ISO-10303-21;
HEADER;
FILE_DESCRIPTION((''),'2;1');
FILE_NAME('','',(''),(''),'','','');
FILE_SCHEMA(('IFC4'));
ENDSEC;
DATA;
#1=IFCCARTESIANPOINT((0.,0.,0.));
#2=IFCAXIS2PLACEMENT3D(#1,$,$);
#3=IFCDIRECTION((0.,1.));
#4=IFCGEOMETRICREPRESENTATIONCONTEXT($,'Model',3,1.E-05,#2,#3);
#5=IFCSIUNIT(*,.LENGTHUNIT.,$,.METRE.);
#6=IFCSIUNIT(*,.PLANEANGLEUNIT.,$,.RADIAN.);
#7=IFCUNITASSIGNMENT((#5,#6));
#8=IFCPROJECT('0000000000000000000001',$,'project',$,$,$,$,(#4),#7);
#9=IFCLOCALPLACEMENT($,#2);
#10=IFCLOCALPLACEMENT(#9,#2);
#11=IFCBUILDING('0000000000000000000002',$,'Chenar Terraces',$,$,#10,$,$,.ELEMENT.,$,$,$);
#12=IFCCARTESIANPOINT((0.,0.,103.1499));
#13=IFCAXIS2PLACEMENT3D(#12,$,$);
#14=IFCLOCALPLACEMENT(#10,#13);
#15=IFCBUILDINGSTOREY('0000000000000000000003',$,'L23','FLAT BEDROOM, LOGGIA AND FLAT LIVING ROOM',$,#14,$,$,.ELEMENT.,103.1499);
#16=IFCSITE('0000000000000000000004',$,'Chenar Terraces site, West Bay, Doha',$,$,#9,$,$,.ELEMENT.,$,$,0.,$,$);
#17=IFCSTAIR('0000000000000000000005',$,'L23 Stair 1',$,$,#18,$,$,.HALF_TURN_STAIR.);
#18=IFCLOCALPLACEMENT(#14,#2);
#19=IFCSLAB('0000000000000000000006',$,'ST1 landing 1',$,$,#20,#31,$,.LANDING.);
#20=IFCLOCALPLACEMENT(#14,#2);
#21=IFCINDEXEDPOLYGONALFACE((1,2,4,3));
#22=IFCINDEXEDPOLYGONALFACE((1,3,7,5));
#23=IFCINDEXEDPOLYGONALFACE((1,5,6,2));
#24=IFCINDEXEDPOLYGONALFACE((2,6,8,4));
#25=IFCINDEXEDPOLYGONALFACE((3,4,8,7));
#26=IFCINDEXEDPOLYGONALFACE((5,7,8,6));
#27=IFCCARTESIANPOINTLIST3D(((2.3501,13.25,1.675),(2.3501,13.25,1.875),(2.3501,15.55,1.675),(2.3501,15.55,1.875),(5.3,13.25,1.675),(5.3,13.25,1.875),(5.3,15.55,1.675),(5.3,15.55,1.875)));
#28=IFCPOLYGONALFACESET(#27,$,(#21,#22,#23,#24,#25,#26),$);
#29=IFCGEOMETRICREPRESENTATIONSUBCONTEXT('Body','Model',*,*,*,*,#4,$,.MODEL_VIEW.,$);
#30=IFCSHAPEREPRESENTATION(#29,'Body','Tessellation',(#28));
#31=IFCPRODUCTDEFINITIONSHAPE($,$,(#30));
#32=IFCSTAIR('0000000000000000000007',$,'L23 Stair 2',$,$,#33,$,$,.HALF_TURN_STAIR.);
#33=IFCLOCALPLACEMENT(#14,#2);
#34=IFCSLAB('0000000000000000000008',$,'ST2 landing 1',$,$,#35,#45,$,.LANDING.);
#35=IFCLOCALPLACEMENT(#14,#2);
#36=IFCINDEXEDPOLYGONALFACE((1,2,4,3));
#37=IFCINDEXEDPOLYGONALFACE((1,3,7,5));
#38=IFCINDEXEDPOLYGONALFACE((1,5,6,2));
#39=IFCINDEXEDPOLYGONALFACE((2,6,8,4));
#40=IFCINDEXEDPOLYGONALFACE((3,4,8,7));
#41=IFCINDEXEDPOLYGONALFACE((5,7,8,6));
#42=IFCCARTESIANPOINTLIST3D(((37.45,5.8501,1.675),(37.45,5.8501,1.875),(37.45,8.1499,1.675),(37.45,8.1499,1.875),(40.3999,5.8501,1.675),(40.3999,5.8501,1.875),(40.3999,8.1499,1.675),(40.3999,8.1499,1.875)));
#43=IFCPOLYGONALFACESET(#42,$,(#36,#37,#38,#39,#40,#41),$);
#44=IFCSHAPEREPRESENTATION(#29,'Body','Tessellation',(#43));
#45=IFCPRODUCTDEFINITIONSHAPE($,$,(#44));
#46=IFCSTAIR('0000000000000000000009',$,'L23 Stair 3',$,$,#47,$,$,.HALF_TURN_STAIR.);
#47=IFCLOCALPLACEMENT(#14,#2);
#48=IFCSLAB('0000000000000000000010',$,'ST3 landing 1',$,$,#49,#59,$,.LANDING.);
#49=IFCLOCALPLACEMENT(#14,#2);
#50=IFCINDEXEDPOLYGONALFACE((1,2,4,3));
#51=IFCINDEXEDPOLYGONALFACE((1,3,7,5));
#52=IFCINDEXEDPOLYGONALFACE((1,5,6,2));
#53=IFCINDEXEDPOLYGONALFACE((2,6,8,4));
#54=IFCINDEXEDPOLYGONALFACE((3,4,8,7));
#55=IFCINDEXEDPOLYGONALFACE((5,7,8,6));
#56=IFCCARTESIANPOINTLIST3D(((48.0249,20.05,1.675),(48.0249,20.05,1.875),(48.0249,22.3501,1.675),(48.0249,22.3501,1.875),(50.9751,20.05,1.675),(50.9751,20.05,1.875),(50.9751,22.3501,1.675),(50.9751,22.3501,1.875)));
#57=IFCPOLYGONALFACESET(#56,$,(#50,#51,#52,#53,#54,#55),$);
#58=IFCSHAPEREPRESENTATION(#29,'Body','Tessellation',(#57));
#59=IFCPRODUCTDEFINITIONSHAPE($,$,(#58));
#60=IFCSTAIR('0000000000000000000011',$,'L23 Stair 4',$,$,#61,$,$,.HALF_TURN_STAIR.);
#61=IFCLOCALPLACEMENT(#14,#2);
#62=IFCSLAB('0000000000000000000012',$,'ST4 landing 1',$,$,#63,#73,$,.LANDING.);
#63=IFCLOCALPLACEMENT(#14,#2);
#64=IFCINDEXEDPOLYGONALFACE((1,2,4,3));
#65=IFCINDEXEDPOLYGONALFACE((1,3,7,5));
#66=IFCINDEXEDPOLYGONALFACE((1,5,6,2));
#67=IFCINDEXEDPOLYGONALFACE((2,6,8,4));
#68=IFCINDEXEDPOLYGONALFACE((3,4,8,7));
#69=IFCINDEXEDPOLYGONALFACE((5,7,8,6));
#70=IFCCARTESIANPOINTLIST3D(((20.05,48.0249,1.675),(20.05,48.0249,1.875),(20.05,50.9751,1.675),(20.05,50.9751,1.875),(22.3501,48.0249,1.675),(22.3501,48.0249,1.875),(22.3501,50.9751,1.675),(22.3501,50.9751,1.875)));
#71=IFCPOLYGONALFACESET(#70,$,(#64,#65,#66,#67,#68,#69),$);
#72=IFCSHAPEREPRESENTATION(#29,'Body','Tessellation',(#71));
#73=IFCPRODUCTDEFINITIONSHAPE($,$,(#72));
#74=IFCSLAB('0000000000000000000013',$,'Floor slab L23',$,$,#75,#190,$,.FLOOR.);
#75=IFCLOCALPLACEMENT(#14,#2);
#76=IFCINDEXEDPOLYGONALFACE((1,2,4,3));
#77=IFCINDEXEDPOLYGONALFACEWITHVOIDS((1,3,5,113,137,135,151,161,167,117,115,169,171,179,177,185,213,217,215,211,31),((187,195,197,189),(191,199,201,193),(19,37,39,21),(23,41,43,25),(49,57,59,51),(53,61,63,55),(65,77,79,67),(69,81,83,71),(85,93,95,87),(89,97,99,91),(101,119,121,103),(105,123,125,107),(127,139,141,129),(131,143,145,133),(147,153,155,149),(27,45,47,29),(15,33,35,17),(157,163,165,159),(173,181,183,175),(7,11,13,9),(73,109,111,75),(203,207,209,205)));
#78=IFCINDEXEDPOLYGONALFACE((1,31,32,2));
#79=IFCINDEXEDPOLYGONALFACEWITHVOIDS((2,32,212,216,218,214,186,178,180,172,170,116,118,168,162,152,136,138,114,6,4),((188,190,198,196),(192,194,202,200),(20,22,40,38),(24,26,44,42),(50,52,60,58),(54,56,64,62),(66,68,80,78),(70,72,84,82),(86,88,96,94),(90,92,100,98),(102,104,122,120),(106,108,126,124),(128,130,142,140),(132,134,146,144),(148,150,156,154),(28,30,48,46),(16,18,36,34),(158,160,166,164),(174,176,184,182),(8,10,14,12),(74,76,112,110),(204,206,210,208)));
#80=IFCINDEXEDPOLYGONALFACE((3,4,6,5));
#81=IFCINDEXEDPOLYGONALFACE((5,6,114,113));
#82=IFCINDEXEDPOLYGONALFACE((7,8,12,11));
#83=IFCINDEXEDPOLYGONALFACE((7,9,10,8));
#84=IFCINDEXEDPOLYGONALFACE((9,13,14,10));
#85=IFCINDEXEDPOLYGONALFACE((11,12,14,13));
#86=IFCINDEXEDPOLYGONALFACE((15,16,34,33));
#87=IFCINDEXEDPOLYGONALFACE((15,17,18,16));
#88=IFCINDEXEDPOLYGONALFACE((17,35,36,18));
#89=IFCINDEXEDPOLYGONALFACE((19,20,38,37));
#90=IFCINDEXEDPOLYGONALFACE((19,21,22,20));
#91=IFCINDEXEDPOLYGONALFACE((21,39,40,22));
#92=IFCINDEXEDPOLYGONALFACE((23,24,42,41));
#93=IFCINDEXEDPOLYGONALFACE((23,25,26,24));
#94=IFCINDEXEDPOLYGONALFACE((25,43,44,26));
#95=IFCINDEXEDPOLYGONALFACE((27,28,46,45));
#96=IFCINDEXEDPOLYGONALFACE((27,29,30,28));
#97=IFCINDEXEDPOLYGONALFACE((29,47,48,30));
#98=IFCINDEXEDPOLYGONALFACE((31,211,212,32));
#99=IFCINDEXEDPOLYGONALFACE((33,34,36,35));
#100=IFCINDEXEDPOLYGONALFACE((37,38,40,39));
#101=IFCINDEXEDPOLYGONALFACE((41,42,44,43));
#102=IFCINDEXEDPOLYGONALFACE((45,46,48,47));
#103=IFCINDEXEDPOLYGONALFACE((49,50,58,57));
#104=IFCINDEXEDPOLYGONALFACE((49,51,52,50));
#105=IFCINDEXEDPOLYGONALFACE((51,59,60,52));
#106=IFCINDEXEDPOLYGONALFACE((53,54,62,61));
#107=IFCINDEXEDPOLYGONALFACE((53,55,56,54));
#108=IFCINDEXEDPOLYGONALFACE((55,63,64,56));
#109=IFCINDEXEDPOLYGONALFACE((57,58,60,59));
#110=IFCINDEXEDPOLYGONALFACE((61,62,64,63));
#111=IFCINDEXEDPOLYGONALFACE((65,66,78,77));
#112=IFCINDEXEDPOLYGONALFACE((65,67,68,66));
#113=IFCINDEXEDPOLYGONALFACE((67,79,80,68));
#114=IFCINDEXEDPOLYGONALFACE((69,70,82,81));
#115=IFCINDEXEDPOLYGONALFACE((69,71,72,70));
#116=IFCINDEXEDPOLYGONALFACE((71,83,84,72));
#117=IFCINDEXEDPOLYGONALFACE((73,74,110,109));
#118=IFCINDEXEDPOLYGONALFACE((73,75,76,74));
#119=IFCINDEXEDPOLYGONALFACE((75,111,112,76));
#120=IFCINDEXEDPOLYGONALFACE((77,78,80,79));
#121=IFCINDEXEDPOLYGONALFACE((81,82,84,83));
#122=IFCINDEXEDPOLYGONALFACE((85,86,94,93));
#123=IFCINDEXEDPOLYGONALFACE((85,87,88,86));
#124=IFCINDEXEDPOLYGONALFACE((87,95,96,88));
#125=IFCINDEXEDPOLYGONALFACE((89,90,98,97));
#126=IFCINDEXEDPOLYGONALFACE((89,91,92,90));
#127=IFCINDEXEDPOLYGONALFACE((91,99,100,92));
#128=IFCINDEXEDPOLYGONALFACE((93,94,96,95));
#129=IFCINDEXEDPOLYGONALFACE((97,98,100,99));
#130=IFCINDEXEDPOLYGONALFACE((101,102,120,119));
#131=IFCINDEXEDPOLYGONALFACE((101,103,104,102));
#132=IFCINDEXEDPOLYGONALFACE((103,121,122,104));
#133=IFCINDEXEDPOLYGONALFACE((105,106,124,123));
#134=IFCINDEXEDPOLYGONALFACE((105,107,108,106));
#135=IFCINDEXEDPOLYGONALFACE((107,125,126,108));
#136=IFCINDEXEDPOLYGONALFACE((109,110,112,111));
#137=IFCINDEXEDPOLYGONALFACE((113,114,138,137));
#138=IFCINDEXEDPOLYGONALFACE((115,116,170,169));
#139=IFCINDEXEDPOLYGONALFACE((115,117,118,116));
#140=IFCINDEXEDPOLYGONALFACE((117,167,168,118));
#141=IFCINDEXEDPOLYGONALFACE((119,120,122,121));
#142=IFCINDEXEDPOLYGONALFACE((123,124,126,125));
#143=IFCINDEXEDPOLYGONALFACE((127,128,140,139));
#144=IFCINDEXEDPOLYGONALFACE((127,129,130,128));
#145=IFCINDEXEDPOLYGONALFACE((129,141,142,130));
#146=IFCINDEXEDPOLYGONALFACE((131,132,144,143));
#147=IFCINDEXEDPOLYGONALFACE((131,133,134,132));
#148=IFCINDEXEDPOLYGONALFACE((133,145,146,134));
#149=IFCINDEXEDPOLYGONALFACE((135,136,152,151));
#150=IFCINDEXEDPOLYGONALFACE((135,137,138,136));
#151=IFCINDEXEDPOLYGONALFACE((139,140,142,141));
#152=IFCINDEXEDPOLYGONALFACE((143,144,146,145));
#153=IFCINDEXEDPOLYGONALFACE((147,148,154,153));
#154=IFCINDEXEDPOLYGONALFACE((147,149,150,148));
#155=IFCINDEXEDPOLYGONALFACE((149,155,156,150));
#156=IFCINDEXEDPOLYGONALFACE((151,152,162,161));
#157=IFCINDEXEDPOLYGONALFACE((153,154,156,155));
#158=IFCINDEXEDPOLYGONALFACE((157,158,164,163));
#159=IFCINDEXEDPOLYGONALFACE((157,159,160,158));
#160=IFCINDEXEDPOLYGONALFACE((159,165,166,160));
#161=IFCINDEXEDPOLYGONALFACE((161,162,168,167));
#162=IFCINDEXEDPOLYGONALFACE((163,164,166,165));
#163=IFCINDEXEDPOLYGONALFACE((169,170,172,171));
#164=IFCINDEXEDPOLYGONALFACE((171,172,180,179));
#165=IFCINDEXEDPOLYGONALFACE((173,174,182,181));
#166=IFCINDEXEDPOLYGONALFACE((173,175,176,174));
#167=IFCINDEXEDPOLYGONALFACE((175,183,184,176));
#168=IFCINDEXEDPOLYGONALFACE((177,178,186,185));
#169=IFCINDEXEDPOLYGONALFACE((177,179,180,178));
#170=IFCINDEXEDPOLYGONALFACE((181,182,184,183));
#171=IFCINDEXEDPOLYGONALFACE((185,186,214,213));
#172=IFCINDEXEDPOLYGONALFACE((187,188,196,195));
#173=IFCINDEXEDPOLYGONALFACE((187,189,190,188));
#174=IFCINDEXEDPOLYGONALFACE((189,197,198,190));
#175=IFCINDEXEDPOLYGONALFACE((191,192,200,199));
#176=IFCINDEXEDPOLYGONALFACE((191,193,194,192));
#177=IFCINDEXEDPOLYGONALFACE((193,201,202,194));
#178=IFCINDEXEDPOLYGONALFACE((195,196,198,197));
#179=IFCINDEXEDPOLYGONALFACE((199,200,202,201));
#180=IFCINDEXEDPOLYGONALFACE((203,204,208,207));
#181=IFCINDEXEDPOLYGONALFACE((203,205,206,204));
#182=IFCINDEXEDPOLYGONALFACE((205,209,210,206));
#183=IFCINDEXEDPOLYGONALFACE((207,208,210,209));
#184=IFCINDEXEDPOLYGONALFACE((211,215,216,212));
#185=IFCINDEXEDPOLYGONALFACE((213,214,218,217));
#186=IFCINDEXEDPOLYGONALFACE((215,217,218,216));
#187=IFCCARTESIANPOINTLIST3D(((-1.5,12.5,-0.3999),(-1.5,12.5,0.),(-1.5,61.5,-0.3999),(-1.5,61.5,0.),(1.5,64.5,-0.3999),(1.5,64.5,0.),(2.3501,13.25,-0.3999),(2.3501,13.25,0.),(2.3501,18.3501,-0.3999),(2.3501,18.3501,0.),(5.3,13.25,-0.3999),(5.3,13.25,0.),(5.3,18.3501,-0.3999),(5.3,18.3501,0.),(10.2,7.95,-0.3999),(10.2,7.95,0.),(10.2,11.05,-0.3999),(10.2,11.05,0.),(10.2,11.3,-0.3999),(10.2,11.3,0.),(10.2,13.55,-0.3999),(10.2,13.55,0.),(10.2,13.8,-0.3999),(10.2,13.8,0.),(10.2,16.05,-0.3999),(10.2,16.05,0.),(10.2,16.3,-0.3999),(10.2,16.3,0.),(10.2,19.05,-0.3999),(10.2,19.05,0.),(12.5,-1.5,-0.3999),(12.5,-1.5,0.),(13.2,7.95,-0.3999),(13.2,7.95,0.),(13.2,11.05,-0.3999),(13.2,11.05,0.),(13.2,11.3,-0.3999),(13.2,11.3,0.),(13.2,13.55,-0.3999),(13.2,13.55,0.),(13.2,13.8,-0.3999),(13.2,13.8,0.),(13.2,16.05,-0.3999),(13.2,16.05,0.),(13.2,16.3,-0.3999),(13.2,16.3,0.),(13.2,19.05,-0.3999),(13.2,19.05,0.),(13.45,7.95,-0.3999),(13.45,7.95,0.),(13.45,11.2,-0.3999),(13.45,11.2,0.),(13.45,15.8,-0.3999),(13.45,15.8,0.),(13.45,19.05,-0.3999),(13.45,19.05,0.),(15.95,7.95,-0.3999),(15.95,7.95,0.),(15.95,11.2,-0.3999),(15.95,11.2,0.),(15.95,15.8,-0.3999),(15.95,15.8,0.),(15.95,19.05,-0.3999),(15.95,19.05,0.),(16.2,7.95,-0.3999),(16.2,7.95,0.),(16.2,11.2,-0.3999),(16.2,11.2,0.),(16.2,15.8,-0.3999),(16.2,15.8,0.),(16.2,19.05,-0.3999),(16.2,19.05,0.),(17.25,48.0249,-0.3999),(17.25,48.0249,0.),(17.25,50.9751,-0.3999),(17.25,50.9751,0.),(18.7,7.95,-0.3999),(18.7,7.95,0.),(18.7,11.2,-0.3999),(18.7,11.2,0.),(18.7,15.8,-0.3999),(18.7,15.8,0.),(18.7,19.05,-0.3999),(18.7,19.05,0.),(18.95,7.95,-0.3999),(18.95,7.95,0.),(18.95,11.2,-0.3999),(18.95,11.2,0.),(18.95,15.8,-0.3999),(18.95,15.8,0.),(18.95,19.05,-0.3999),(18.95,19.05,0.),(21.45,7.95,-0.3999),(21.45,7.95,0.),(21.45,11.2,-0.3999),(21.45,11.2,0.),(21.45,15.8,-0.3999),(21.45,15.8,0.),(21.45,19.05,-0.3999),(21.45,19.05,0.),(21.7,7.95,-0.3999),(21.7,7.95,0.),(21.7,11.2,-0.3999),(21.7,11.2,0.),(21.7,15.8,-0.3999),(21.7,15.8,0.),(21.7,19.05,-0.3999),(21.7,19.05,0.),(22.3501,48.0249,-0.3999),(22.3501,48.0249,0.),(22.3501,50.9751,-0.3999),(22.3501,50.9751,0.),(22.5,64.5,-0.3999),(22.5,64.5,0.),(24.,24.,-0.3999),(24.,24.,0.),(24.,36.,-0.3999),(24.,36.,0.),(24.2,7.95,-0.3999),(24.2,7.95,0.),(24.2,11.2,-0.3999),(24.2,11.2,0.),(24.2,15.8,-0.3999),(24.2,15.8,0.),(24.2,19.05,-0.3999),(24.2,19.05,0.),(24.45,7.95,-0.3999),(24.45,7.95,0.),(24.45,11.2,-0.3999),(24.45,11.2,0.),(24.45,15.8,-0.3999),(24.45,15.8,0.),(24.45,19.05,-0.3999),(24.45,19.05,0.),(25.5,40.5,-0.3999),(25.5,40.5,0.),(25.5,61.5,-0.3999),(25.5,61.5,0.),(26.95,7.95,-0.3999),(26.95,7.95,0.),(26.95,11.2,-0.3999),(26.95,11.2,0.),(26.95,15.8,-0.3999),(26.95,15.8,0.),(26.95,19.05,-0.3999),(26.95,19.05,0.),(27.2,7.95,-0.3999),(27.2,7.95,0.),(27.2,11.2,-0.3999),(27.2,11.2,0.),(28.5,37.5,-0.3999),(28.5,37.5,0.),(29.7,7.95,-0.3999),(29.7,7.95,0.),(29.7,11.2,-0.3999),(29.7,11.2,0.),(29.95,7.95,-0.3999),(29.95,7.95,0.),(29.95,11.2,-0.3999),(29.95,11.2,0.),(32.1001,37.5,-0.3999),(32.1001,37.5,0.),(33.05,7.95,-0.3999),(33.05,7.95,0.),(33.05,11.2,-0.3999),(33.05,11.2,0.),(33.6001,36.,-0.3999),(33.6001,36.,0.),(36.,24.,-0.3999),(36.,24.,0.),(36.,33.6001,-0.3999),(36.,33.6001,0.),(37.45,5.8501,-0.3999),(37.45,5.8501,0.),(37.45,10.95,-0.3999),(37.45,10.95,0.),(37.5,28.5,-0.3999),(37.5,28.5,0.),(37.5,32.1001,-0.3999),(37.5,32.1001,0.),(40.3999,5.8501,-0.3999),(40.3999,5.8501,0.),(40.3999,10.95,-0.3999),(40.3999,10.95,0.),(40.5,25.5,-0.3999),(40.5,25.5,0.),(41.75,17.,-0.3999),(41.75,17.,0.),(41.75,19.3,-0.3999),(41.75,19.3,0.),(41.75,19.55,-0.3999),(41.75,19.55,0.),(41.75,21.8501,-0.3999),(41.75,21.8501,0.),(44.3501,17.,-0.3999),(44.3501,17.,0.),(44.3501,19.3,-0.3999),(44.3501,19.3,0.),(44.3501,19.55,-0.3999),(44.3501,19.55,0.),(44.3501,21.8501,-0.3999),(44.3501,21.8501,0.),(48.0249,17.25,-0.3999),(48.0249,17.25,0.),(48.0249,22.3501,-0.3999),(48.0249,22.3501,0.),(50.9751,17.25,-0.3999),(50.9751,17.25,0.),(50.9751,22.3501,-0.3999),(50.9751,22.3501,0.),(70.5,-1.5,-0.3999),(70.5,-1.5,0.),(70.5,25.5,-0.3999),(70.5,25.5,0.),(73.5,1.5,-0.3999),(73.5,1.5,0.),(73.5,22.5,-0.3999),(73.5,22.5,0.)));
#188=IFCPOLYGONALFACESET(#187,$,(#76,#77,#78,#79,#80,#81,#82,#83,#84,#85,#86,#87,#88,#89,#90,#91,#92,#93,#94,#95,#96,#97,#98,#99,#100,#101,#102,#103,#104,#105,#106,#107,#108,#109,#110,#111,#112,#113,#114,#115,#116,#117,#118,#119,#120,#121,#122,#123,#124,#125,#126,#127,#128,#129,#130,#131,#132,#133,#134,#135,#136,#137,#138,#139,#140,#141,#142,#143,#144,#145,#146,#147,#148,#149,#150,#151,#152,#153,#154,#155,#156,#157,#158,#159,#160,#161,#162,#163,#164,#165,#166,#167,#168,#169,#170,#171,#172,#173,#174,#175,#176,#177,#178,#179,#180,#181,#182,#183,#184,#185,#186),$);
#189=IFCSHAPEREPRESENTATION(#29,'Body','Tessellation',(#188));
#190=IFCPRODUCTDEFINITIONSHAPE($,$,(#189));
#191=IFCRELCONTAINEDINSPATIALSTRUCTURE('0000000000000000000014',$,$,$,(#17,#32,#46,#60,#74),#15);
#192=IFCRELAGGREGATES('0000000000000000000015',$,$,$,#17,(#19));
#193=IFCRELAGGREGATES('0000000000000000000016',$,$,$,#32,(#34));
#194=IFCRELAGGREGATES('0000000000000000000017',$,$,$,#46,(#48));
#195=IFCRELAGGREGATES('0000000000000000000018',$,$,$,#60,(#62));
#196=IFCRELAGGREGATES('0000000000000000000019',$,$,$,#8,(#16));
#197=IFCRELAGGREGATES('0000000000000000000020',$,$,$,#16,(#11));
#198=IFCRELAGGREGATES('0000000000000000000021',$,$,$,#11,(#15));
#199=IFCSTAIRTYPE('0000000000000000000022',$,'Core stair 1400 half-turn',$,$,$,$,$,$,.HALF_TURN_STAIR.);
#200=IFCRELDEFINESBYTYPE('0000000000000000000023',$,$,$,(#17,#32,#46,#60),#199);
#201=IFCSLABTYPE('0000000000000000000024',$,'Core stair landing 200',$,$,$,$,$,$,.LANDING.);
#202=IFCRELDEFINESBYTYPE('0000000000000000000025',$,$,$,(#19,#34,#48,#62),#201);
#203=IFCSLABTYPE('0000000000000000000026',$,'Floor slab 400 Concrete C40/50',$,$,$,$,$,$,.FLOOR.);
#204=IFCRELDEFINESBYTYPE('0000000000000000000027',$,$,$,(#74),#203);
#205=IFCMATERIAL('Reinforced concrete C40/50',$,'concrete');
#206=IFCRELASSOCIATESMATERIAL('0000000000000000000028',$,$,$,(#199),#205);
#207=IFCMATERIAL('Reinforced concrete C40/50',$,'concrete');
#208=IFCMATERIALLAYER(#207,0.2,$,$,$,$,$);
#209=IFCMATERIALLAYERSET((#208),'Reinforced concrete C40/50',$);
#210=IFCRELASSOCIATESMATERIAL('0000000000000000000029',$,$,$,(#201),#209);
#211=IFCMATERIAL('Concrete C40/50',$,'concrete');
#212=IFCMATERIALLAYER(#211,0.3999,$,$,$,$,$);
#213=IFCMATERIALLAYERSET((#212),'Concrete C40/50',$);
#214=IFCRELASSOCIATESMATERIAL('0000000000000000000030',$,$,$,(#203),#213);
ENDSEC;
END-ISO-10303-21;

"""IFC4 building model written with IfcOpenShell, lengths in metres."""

from ifc_helpers import new_model, si_unit, direction, frame, origin, place, context, subcontext, project, spatial, polyline, outline, extrude, material, layer, layer_set, type_object, element, aggregate, save


model = new_model("IFC4")

# Units and contexts
model_context = context("Model", 3, precision=1e-05, world=origin(), true_north=direction((0.0, 1.0)))
body_context = subcontext(model_context, "Body", "Model", "MODEL_VIEW")
ifc_project = project(units=[si_unit("LENGTHUNIT", "METRE"), si_unit("PLANEANGLEUNIT", "RADIAN")], contexts=[model_context])

# Site, building, storey
site_placement = place(None, origin())
site = spatial("IfcSite", under=ifc_project, at=site_placement, Name="Chenar Terraces site, West Bay, Doha", CompositionType="ELEMENT", RefElevation=0.0)
building_placement = place(site_placement, origin())
building = spatial("IfcBuilding", under=site, at=building_placement, Name="Chenar Terraces", CompositionType="ELEMENT")
storey_placement = place(building_placement, frame((0.0, 0.0, 103.1499)))
storey = spatial("IfcBuildingStorey", under=building, at=storey_placement, Name="L23", Description="FLAT BEDROOM, LOGGIA AND FLAT LIVING ROOM", CompositionType="ELEMENT", Elevation=103.1499)

# Stairs, slabs
ifc_material_1 = material(Name="Reinforced concrete C40/50", Category="concrete")
stair_type = type_object("IfcStairType", Name="Core stair 1400 half-turn", PredefinedType="HALF_TURN_STAIR", material=ifc_material_1)
placement_1 = place(storey_placement, origin())
stair_1 = element("IfcStair", 1, at=placement_1, inside=storey, type_object=stair_type, Name="L23 Stair 1", PredefinedType="HALF_TURN_STAIR")
ifc_material_2 = material(Name="Reinforced concrete C40/50", Category="concrete")
ifc_layer_1 = layer(ifc_material_2, 0.2)
ifc_layer_set_1 = layer_set([ifc_layer_1], Name="Reinforced concrete C40/50")
slab_type_1 = type_object("IfcSlabType", Name="Core stair landing 200", PredefinedType="LANDING", material=ifc_layer_set_1)
placement_2 = place(storey_placement, frame((0.0, 0.0, 1.675)))
slab_1 = element("IfcSlab", 2, at=placement_2, type_object=slab_type_1, Name="ST1 landing 1", PredefinedType="LANDING", context=body_context, shape_type="SweptSolid", body=[
    extrude(outline(polyline([(2.3501, 15.55), (2.3501, 13.25), (5.3, 13.25), (5.3, 15.55), (2.3501, 15.55)])), origin(), (0.0, 0.0, 1.0), 0.2),
])
aggregate(stair_1, [slab_1])
stair_2 = element("IfcStair", 3, at=placement_1, inside=storey, type_object=stair_type, Name="L23 Stair 2", PredefinedType="HALF_TURN_STAIR")
slab_2 = element("IfcSlab", 4, at=placement_2, type_object=slab_type_1, Name="ST2 landing 1", PredefinedType="LANDING", context=body_context, shape_type="SweptSolid", body=[
    extrude(outline(polyline([(37.45, 8.1499), (37.45, 5.8501), (40.3999, 5.8501), (40.3999, 8.1499), (37.45, 8.1499)])), origin(), (0.0, 0.0, 1.0), 0.2),
])
aggregate(stair_2, [slab_2])
stair_3 = element("IfcStair", 5, at=placement_1, inside=storey, type_object=stair_type, Name="L23 Stair 3", PredefinedType="HALF_TURN_STAIR")
slab_3 = element("IfcSlab", 6, at=placement_2, type_object=slab_type_1, Name="ST3 landing 1", PredefinedType="LANDING", context=body_context, shape_type="SweptSolid", body=[
    extrude(outline(polyline([(50.9751, 20.05), (50.9751, 22.3501), (48.0249, 22.3501), (48.0249, 20.05), (50.9751, 20.05)])), origin(), (0.0, 0.0, 1.0), 0.2),
])
aggregate(stair_3, [slab_3])
stair_4 = element("IfcStair", 7, at=placement_1, inside=storey, type_object=stair_type, Name="L23 Stair 4", PredefinedType="HALF_TURN_STAIR")
slab_4 = element("IfcSlab", 8, at=placement_2, type_object=slab_type_1, Name="ST4 landing 1", PredefinedType="LANDING", context=body_context, shape_type="SweptSolid", body=[
    extrude(outline(polyline([(20.05, 48.0249), (22.3501, 48.0249), (22.3501, 50.9751), (20.05, 50.9751), (20.05, 48.0249)])), origin(), (0.0, 0.0, 1.0), 0.2),
])
aggregate(stair_4, [slab_4])

# Slab
ifc_material_3 = material(Name="Concrete C40/50", Category="concrete")
ifc_layer_2 = layer(ifc_material_3, 0.3999)
ifc_layer_set_2 = layer_set([ifc_layer_2], Name="Concrete C40/50")
slab_type_2 = type_object("IfcSlabType", Name="Floor slab 400 Concrete C40/50", PredefinedType="FLOOR", material=ifc_layer_set_2)
slab_5_placement = place(storey_placement, frame((0.0, 0.0, -0.3999)))
element("IfcSlab", 9, at=slab_5_placement, inside=storey, type_object=slab_type_2, Name="Floor slab L23", PredefinedType="FLOOR", context=body_context, shape_type="SweptSolid", body=[
    extrude(outline(polyline([(73.5, 22.5), (73.5, 1.5), (70.5, -1.5), (12.5, -1.5), (-1.5, 12.5), (-1.5, 61.5), (1.5, 64.5), (22.5, 64.5), (25.5, 61.5), (25.5, 40.5), (28.5, 37.5), (32.1001, 37.5), (33.6001, 36.0), (24.0, 36.0), (24.0, 24.0), (36.0, 24.0), (36.0, 33.6001), (37.5, 32.1001), (37.5, 28.5), (40.5, 25.5), (70.5, 25.5), (73.5, 22.5)]), holes=[polyline([(13.2, 11.05), (10.2, 11.05), (10.2, 7.95), (13.2, 7.95), (13.2, 11.05)]), polyline([(15.95, 11.2), (13.45, 11.2), (13.45, 7.95), (15.95, 7.95), (15.95, 11.2)]), polyline([(18.7, 11.2), (16.2, 11.2), (16.2, 7.95), (18.7, 7.95), (18.7, 11.2)]), polyline([(21.45, 7.95), (21.45, 11.2), (18.95, 11.2), (18.95, 7.95), (21.45, 7.95)]), polyline([(13.2, 11.3), (13.2, 13.55), (10.2, 13.55), (10.2, 11.3), (13.2, 11.3)]), polyline([(13.2, 16.05), (10.2, 16.05), (10.2, 13.8), (13.2, 13.8), (13.2, 16.05)]), polyline([(2.3501, 18.3501), (2.3501, 13.25), (5.3, 13.25), (5.3, 18.3501), (2.3501, 18.3501)]), polyline([(15.95, 15.8), (15.95, 19.05), (13.45, 19.05), (13.45, 15.8), (15.95, 15.8)]), polyline([(18.7, 19.05), (16.2, 19.05), (16.2, 15.8), (18.7, 15.8), (18.7, 19.05)]), polyline([(21.45, 15.8), (21.45, 19.05), (18.95, 19.05), (18.95, 15.8), (21.45, 15.8)]), polyline([(13.2, 16.3), (13.2, 19.05), (10.2, 19.05), (10.2, 16.3), (13.2, 16.3)]), polyline([(22.3501, 48.0249), (22.3501, 50.9751), (17.25, 50.9751), (17.25, 48.0249), (22.3501, 48.0249)]), polyline([(37.45, 10.95), (37.45, 5.8501), (40.3999, 5.8501), (40.3999, 10.95), (37.45, 10.95)]), polyline([(24.2, 7.95), (24.2, 11.2), (21.7, 11.2), (21.7, 7.95), (24.2, 7.95)]), polyline([(26.95, 11.2), (24.45, 11.2), (24.45, 7.95), (26.95, 7.95), (26.95, 11.2)]), polyline([(29.7, 7.95), (29.7, 11.2), (27.2, 11.2), (27.2, 7.95), (29.7, 7.95)]), polyline([(33.05, 7.95), (33.05, 11.2), (29.95, 11.2), (29.95, 7.95), (33.05, 7.95)]), polyline([(24.2, 19.05), (21.7, 19.05), (21.7, 15.8), (24.2, 15.8), (24.2, 19.05)]), polyline([(26.95, 15.8), (26.95, 19.05), (24.45, 19.05), (24.45, 15.8), (26.95, 15.8)]), polyline([(44.3501, 17.0), (44.3501, 19.3), (41.75, 19.3), (41.75, 17.0), (44.3501, 17.0)]), polyline([(50.9751, 22.3501), (48.0249, 22.3501), (48.0249, 17.25), (50.9751, 17.25), (50.9751, 22.3501)]), polyline([(44.3501, 19.55), (44.3501, 21.8501), (41.75, 21.8501), (41.75, 19.55), (44.3501, 19.55)])]), origin(), (0.0, 0.0, 1.0), 0.3999),
])

save(model, "model.ifc")
